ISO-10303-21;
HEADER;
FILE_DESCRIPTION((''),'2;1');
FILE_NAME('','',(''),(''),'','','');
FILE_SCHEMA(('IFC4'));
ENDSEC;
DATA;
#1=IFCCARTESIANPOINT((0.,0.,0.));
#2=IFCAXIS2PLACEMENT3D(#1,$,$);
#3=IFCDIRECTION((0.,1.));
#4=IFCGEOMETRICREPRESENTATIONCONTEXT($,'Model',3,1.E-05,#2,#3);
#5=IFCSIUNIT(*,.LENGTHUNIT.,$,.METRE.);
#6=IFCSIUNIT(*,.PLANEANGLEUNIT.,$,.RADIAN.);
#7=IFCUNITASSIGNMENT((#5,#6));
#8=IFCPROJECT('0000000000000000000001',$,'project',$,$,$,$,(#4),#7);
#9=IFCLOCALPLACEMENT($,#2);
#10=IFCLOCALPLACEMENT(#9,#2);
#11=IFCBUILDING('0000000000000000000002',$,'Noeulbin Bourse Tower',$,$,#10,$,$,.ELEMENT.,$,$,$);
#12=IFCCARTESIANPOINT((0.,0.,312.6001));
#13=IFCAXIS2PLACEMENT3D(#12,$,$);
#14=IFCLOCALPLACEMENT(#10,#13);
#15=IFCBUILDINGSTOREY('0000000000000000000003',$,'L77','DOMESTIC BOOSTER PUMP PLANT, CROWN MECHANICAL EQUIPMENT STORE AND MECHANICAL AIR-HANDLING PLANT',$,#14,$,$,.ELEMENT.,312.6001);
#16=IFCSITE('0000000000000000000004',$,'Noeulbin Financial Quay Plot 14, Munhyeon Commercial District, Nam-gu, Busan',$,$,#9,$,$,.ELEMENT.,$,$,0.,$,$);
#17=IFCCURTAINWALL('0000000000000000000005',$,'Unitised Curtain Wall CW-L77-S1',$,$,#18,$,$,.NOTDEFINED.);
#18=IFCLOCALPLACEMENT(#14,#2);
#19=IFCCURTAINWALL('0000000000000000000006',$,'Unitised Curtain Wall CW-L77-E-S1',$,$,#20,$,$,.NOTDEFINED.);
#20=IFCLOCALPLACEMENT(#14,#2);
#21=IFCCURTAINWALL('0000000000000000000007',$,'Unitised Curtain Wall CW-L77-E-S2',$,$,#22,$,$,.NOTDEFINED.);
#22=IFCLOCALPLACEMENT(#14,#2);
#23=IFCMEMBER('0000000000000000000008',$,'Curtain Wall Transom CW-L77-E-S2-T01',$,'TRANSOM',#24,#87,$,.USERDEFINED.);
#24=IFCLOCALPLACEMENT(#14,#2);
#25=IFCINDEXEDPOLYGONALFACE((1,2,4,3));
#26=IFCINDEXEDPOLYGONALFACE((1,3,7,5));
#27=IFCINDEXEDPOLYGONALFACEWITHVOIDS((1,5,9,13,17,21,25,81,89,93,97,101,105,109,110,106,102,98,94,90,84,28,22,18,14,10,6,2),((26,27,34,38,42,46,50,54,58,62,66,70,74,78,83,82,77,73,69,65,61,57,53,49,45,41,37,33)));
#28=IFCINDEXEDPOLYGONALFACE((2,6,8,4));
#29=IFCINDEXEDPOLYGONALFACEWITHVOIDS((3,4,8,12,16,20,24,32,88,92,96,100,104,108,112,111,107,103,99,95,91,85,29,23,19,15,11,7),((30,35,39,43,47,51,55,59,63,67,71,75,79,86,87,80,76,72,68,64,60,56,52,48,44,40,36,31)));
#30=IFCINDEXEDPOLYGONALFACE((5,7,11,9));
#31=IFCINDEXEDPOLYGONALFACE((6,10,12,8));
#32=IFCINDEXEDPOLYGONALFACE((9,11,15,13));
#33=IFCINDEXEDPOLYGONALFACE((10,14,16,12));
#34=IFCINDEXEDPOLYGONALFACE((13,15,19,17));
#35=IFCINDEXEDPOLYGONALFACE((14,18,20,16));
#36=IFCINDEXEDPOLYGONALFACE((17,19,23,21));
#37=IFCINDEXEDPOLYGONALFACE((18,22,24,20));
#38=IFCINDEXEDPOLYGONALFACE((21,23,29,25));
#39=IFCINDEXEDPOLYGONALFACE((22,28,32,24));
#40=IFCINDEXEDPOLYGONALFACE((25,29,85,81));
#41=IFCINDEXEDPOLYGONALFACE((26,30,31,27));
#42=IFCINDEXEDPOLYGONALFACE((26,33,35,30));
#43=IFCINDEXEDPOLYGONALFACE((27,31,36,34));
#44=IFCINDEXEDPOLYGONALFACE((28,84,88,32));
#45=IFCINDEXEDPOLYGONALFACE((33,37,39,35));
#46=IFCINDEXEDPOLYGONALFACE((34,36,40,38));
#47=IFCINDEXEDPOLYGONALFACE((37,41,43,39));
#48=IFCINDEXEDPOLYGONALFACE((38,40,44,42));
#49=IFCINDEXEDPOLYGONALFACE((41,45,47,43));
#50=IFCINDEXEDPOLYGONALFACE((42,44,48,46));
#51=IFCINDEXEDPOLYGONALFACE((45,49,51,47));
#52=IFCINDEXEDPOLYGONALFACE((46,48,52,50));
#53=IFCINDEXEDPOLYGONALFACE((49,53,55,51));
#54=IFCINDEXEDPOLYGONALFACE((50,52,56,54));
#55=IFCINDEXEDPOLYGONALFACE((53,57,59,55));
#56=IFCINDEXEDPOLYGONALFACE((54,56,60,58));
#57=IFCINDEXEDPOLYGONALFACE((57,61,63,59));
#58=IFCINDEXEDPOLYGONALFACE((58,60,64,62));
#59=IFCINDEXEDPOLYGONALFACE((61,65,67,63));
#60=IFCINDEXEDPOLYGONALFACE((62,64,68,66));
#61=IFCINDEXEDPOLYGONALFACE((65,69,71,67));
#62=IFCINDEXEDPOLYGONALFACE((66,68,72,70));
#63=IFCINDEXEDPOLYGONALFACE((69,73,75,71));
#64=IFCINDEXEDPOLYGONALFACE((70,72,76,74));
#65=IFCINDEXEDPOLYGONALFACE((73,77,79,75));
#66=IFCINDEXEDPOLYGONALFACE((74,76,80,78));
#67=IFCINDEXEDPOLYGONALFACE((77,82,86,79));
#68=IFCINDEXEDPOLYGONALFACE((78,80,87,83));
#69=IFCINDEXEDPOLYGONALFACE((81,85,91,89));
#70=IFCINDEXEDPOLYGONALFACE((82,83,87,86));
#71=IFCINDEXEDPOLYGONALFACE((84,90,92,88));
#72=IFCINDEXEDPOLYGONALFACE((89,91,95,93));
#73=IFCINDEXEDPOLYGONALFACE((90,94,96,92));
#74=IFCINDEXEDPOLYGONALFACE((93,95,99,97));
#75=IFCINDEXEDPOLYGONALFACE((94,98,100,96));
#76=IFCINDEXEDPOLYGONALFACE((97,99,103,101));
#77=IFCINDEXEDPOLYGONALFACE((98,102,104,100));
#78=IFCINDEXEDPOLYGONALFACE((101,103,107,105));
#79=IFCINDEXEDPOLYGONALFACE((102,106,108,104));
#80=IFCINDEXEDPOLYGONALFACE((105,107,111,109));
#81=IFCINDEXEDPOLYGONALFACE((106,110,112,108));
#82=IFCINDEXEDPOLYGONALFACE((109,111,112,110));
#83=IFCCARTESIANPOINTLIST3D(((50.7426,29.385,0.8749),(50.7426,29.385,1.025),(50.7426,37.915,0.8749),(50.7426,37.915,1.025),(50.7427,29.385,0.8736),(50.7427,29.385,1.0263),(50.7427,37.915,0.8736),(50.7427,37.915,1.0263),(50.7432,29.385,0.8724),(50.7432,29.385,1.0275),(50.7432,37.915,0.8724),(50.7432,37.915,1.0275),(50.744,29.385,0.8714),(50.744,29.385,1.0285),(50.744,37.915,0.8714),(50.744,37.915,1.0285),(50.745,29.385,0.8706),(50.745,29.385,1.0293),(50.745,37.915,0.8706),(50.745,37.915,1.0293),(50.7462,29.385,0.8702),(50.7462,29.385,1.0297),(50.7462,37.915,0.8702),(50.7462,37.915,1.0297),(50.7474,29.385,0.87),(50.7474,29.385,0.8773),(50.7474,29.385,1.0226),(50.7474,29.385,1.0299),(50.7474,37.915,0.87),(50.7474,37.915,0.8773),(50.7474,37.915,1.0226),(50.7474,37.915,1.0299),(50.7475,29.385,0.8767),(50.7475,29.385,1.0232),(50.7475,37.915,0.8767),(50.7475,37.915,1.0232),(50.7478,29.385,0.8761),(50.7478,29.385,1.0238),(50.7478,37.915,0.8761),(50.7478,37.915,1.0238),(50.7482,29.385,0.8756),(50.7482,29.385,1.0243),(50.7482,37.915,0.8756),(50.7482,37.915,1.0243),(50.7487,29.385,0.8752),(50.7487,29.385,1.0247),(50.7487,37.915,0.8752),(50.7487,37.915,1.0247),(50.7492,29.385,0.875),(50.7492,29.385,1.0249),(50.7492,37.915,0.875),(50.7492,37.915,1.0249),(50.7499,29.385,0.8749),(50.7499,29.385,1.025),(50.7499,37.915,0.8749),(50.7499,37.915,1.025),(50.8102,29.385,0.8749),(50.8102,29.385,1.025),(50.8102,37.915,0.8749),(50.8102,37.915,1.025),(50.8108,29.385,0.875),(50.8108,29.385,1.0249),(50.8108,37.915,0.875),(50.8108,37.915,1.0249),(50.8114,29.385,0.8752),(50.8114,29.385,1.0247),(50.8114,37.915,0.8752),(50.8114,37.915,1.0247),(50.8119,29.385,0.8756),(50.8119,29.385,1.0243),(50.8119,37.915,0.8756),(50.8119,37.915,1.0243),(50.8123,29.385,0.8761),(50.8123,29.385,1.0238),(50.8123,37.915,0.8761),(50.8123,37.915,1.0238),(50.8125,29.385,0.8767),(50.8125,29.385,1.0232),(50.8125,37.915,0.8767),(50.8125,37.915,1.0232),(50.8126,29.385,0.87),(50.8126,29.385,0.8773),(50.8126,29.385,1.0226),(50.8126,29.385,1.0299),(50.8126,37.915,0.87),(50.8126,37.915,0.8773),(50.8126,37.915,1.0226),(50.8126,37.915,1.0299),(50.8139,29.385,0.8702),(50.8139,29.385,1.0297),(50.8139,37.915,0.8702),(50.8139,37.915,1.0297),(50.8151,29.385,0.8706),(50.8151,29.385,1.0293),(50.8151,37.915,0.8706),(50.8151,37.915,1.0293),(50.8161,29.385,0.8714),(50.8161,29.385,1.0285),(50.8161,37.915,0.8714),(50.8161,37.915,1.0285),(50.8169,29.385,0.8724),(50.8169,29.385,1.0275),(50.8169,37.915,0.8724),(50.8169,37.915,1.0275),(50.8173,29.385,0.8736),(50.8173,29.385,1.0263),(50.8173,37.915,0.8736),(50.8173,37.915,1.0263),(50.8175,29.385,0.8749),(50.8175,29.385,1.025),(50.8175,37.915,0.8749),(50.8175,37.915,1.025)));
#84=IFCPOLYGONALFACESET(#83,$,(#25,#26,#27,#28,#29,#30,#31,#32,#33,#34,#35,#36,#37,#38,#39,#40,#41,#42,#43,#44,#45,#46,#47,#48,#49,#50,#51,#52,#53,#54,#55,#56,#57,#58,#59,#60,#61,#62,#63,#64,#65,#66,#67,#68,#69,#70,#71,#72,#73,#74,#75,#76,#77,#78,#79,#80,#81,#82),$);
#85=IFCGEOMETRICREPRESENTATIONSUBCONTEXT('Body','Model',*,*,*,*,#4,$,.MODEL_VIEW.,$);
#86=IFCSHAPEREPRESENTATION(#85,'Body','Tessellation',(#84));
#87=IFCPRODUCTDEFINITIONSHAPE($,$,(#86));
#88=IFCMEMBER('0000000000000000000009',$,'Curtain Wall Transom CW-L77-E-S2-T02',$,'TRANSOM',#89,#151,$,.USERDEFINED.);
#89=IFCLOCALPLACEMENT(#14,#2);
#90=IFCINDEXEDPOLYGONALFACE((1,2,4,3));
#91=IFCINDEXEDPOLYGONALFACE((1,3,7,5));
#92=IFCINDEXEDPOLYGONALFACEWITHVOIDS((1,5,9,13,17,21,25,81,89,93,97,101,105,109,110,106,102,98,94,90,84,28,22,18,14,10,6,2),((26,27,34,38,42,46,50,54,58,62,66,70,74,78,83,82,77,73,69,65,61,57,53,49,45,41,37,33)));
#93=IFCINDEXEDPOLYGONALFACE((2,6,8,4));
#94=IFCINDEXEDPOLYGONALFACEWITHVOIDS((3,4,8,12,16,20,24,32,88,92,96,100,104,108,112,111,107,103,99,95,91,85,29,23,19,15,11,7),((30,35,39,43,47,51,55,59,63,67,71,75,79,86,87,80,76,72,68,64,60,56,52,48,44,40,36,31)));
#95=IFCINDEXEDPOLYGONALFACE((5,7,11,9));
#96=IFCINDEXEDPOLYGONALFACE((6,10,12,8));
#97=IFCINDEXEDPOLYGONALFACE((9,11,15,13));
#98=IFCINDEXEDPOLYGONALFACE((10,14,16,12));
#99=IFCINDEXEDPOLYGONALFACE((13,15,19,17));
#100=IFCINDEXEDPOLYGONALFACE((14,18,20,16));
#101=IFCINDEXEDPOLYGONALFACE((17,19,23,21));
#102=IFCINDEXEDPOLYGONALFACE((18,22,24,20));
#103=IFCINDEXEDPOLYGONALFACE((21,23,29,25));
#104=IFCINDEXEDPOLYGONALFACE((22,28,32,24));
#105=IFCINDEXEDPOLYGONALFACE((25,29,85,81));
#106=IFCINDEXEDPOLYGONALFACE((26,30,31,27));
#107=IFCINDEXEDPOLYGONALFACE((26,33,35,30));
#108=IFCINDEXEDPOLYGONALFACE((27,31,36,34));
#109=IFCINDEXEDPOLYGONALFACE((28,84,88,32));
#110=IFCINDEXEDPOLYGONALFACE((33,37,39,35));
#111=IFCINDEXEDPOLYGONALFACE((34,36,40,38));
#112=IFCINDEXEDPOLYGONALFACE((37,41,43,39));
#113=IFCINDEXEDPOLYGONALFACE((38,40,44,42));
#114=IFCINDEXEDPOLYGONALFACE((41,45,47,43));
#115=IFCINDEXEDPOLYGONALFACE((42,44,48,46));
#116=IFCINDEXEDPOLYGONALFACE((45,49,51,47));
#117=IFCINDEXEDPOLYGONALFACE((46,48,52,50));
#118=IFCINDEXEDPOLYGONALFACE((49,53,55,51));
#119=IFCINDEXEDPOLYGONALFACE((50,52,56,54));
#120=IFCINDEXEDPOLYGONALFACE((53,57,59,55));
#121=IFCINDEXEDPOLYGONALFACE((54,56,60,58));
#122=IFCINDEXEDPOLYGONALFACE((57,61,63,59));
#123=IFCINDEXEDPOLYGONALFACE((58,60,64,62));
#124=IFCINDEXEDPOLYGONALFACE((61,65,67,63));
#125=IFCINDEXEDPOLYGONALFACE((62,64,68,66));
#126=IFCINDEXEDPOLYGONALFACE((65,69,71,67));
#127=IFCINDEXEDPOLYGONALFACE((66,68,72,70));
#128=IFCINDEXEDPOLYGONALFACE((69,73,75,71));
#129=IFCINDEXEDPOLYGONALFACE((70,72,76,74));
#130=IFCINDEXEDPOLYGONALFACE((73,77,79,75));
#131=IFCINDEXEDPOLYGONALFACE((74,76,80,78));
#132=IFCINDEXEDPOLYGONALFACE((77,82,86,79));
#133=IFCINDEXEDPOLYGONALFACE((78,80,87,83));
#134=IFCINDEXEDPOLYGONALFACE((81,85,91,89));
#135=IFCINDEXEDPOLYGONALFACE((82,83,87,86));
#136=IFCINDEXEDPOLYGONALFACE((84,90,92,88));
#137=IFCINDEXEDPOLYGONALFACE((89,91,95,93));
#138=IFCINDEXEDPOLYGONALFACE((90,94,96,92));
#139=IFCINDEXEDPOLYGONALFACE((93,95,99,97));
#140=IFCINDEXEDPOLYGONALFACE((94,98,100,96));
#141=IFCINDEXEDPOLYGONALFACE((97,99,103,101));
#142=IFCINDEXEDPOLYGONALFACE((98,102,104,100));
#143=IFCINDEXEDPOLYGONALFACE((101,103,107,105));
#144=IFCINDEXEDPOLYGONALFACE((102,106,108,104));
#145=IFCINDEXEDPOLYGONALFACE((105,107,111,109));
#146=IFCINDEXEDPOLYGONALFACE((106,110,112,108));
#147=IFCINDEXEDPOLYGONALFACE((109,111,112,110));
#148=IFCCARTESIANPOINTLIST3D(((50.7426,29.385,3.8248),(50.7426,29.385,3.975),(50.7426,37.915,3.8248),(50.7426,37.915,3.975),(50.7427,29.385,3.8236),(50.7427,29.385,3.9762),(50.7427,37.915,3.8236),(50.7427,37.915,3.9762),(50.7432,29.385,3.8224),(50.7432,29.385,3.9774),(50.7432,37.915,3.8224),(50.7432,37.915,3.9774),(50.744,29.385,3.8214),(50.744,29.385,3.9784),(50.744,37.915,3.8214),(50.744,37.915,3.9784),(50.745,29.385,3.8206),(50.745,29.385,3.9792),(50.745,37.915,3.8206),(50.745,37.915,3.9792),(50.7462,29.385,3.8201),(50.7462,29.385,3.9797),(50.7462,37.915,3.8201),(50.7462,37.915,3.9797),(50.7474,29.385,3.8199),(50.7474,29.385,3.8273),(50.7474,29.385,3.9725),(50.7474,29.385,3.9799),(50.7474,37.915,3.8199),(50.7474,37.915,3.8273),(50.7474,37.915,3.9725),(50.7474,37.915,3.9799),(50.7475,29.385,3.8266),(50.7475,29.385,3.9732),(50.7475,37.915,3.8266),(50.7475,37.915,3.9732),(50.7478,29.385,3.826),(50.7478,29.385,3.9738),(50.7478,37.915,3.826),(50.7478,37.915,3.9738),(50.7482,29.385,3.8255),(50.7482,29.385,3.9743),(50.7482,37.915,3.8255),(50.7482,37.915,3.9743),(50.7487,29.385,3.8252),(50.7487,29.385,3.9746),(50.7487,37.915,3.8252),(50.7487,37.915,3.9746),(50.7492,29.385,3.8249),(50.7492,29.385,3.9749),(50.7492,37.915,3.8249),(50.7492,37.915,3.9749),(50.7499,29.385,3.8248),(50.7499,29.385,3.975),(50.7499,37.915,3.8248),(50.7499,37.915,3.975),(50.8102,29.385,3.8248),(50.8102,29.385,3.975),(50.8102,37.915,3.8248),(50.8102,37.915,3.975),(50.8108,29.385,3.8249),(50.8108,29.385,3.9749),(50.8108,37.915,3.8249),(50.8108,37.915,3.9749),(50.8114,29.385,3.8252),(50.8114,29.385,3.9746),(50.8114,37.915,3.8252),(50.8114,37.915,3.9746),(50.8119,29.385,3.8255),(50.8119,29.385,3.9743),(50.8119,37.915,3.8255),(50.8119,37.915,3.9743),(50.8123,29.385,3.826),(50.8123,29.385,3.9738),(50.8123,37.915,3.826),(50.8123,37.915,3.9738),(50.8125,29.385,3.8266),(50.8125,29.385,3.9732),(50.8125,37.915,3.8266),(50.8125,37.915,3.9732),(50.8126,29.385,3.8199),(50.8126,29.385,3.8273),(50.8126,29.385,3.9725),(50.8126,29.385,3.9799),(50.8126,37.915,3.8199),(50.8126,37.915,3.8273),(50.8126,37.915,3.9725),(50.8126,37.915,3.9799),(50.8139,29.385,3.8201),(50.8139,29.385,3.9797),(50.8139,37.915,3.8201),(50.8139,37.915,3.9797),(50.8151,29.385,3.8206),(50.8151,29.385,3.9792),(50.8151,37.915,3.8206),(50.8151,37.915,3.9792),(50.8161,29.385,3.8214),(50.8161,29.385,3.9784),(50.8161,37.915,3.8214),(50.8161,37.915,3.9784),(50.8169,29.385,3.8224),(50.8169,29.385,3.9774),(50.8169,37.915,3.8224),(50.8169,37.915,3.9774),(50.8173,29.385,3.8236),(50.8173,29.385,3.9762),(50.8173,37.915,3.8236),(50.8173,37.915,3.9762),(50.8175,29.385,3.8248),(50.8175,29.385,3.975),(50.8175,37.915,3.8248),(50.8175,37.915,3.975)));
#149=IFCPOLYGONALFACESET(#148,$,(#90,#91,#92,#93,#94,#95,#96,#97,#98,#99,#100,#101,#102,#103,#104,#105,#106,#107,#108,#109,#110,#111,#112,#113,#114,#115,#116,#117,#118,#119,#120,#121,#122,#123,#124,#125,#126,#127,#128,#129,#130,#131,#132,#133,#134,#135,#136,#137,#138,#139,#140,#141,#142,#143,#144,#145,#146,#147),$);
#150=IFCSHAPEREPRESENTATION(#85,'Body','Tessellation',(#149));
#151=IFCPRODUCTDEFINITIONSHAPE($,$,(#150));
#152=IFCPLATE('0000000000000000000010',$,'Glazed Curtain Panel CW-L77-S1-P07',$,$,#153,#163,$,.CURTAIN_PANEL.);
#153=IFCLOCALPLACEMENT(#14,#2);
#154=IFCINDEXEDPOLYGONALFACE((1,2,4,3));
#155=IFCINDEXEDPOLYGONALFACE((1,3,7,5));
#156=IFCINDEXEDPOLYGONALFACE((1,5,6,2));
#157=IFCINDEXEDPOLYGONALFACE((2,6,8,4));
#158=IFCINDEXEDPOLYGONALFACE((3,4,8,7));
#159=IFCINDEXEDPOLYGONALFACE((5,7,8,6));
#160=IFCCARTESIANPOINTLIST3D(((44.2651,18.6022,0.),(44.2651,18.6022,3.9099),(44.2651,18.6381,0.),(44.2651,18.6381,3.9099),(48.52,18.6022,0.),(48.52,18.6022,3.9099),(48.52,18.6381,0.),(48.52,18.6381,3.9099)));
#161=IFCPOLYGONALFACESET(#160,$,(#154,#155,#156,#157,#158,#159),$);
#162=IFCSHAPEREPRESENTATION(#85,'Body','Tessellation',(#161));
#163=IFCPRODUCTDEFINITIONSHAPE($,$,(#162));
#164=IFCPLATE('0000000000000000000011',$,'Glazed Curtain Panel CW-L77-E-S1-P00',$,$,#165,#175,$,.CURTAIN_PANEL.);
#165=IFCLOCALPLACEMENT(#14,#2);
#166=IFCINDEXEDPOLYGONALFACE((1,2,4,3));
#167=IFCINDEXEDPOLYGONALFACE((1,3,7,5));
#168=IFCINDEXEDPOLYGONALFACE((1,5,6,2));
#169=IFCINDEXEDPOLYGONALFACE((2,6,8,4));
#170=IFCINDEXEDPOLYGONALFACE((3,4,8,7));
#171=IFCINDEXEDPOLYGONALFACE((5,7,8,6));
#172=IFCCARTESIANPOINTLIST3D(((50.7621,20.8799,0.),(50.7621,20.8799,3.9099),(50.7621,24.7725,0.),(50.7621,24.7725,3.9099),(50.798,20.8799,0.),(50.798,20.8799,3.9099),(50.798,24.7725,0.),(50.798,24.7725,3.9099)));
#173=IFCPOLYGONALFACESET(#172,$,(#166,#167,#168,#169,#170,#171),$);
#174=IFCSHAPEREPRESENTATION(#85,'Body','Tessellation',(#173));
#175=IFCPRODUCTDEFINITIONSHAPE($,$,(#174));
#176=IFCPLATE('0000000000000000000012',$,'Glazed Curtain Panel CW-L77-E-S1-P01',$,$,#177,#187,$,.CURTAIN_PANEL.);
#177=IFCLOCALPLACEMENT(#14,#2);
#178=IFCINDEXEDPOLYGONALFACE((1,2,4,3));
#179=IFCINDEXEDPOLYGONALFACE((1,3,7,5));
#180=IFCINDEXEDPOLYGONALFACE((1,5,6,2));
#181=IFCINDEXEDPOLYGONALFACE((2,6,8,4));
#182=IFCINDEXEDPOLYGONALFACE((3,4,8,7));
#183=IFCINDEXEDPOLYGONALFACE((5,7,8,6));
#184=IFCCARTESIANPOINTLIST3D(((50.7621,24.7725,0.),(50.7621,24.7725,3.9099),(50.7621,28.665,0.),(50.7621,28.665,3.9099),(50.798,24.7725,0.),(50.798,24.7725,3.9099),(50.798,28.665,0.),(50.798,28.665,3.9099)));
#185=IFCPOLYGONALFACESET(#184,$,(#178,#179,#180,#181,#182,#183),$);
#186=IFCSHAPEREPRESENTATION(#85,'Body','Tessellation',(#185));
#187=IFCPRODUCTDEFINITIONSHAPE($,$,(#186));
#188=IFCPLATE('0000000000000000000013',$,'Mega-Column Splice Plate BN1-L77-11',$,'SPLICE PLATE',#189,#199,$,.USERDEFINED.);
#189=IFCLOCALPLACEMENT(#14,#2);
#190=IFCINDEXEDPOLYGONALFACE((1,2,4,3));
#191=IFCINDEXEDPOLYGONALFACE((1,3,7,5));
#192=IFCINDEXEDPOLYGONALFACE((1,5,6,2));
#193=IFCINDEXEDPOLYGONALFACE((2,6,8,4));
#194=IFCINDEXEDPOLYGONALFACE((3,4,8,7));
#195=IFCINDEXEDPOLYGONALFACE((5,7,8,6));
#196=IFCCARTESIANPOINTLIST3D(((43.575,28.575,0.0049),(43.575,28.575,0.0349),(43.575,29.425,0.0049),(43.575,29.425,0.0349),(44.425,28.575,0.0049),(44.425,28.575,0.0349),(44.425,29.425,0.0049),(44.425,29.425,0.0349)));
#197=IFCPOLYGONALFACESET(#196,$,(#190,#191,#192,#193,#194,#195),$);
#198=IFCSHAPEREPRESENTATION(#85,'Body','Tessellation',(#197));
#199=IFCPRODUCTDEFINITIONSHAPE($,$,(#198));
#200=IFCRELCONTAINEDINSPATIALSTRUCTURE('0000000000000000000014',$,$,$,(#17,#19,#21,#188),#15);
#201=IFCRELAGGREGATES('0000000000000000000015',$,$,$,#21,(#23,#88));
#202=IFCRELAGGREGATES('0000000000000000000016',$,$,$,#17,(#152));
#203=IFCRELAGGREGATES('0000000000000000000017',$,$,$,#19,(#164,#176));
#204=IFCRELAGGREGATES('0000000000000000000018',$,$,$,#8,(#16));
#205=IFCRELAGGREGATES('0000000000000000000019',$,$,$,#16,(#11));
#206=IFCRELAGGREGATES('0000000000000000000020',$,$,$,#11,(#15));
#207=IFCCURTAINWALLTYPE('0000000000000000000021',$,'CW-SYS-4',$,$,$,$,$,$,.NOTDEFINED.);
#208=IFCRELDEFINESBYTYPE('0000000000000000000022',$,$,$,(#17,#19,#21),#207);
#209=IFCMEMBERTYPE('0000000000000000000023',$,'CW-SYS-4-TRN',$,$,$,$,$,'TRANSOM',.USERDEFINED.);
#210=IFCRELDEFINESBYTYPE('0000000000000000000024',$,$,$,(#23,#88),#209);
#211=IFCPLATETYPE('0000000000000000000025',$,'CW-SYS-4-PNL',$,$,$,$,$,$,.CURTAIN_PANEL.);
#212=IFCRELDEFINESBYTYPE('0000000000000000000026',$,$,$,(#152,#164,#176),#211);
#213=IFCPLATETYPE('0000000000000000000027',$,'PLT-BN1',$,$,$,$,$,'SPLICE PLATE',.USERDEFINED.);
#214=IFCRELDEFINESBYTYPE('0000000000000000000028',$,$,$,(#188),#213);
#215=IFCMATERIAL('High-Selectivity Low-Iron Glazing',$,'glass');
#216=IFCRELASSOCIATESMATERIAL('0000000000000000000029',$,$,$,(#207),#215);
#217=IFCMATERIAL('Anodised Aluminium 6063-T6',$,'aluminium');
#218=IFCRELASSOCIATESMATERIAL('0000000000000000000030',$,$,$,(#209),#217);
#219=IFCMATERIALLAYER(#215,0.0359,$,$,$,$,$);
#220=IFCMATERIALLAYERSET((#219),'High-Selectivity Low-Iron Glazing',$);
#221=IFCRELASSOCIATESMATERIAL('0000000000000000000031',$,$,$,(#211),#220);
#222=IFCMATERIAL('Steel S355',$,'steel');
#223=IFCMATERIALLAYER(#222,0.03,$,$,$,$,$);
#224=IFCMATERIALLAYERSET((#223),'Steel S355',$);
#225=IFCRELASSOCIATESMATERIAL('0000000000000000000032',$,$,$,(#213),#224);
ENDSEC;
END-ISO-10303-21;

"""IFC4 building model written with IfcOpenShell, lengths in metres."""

from ifc_helpers import new_model, si_unit, direction, frame, origin, origin_2d, place, context, subcontext, project, spatial, rectangle, hollow_rectangle, extrude, material, layer, layer_set, material_profile, profile_set, type_object, element, aggregate, save


model = new_model("IFC4")

# Units and contexts
model_context = context("Model", 3, precision=1e-05, world=origin(), true_north=direction((0.0, 1.0)))
body_context = subcontext(model_context, "Body", "Model", "MODEL_VIEW")
ifc_project = project(units=[si_unit("LENGTHUNIT", "METRE"), si_unit("PLANEANGLEUNIT", "RADIAN")], contexts=[model_context])

# Site, building, storey
site_placement = place(None, origin())
site = spatial("IfcSite", under=ifc_project, at=site_placement, Name="Noeulbin Financial Quay Plot 14, Munhyeon Commercial District, Nam-gu, Busan", CompositionType="ELEMENT", RefElevation=0.0)
building_placement = place(site_placement, origin())
building = spatial("IfcBuilding", under=site, at=building_placement, Name="Noeulbin Bourse Tower", CompositionType="ELEMENT")
storey_placement = place(building_placement, frame((0.0, 0.0, 312.6001)))
storey = spatial("IfcBuildingStorey", under=building, at=storey_placement, Name="L77", Description="DOMESTIC BOOSTER PUMP PLANT, CROWN MECHANICAL EQUIPMENT STORE AND MECHANICAL AIR-HANDLING PLANT", CompositionType="ELEMENT", Elevation=312.6001)

# Shared definitions
ifc_material_1 = material(Name="Steel S355", Category="steel")

# Curtain walls
ifc_material_2 = material(Name="High-Selectivity Low-Iron Glazing", Category="glass")
curtain_wall_type = type_object("IfcCurtainWallType", Name="CW-SYS-4", PredefinedType="NOTDEFINED", material=ifc_material_2)
curtain_wall_1_placement = place(storey_placement, origin())
curtain_wall_1 = element("IfcCurtainWall", 1, at=curtain_wall_1_placement, inside=storey, type_object=curtain_wall_type, Name="Unitised Curtain Wall CW-L77-S1", PredefinedType="NOTDEFINED")
ifc_material_3 = material(Name="Anodised Aluminium 6063-T6", Category="aluminium")
curtain_wall_2_placement = place(storey_placement, origin())
curtain_wall_2 = element("IfcCurtainWall", 2, at=curtain_wall_2_placement, inside=storey, type_object=curtain_wall_type, Name="Unitised Curtain Wall CW-L77-E-S1", PredefinedType="NOTDEFINED")

# Curtain wall
curtain_wall_3_placement = place(storey_placement, origin())
curtain_wall_3 = element("IfcCurtainWall", 3, at=curtain_wall_3_placement, inside=storey, type_object=curtain_wall_type, Name="Unitised Curtain Wall CW-L77-E-S2", PredefinedType="NOTDEFINED")

# Members
ifc_material_profile_1 = material_profile(ifc_material_3, hollow_rectangle(XDim=0.075, YDim=0.1599, WallThickness=0.0049, InnerFilletRadius=0.0024, OuterFilletRadius=0.0049, at=origin_2d()), Name="ALU-TRAN-75x160x5", Category="LoadBearing")
ifc_profile_set_1 = profile_set([ifc_material_profile_1], Name="Anodised Aluminium 6063-T6")
member_type_1 = type_object("IfcMemberType", Name="CW-SYS-4-TRN", ElementType="TRANSOM", PredefinedType="USERDEFINED", material=ifc_profile_set_1)
member_1_placement = place(storey_placement, frame((50.78, 29.385, 0.95), z_axis=(0.0, 1.0, 0.0), x_axis=(-1.0, 0.0, 0.0)))
member_1 = element("IfcMember", 4, at=member_1_placement, type_object=member_type_1, Name="Curtain Wall Transom CW-L77-E-S2-T01", ObjectType="TRANSOM", PredefinedType="USERDEFINED", context=body_context, shape_type="SweptSolid", body=[
    extrude(hollow_rectangle(XDim=0.075, YDim=0.1599, WallThickness=0.0049, InnerFilletRadius=0.0024, OuterFilletRadius=0.0049, at=origin_2d()), origin(), (0.0, 0.0, 1.0), 8.53),
])
member_2_placement = place(storey_placement, frame((50.78, 29.385, 3.8999), z_axis=(0.0, 1.0, 0.0), x_axis=(-1.0, 0.0, 0.0)))
member_2 = element("IfcMember", 5, at=member_2_placement, type_object=member_type_1, Name="Curtain Wall Transom CW-L77-E-S2-T02", ObjectType="TRANSOM", PredefinedType="USERDEFINED", context=body_context, shape_type="SweptSolid", body=[
    extrude(hollow_rectangle(XDim=0.075, YDim=0.1599, WallThickness=0.0049, InnerFilletRadius=0.0024, OuterFilletRadius=0.0049, at=origin_2d()), origin(), (0.0, 0.0, 1.0), 8.53),
])
aggregate(curtain_wall_3, [member_1, member_2])

# Plates
ifc_layer_1 = layer(ifc_material_2, 0.0359)
ifc_layer_set_1 = layer_set([ifc_layer_1], Name="High-Selectivity Low-Iron Glazing")
plate_type_1 = type_object("IfcPlateType", Name="CW-SYS-4-PNL", PredefinedType="CURTAIN_PANEL", material=ifc_layer_set_1)
plate_1_placement = place(storey_placement, frame((46.3926, 18.6201, 0.0), z_axis=(0.0, 0.0, 1.0), x_axis=(1.0, 0.0, 0.0)))
plate_1 = element("IfcPlate", 6, at=plate_1_placement, type_object=plate_type_1, Name="Glazed Curtain Panel CW-L77-S1-P07", PredefinedType="CURTAIN_PANEL", context=body_context, shape_type="SweptSolid", body=[
    extrude(rectangle(XDim=4.2549, YDim=0.0359, at=origin_2d()), origin(), (0.0, 0.0, 1.0), 3.9099),
])
aggregate(curtain_wall_1, [plate_1])
plate_2_placement = place(storey_placement, frame((50.78, 22.8262, 0.0), z_axis=(0.0, 0.0, 1.0), x_axis=(0.0, 1.0, 0.0)))
plate_2 = element("IfcPlate", 7, at=plate_2_placement, type_object=plate_type_1, Name="Glazed Curtain Panel CW-L77-E-S1-P00", PredefinedType="CURTAIN_PANEL", context=body_context, shape_type="SweptSolid", body=[
    extrude(rectangle(XDim=3.8926, YDim=0.0359, at=origin_2d()), origin(), (0.0, 0.0, 1.0), 3.9099),
])
plate_3_placement = place(storey_placement, frame((50.78, 26.7188, 0.0), z_axis=(0.0, 0.0, 1.0), x_axis=(0.0, 1.0, 0.0)))
plate_3 = element("IfcPlate", 8, at=plate_3_placement, type_object=plate_type_1, Name="Glazed Curtain Panel CW-L77-E-S1-P01", PredefinedType="CURTAIN_PANEL", context=body_context, shape_type="SweptSolid", body=[
    extrude(rectangle(XDim=3.8926, YDim=0.0359, at=origin_2d()), origin(), (0.0, 0.0, 1.0), 3.9099),
])
aggregate(curtain_wall_2, [plate_2, plate_3])

# Plate
ifc_layer_2 = layer(ifc_material_1, 0.03)
ifc_layer_set_2 = layer_set([ifc_layer_2], Name="Steel S355")
plate_type_2 = type_object("IfcPlateType", Name="PLT-BN1", ElementType="SPLICE PLATE", PredefinedType="USERDEFINED", material=ifc_layer_set_2)
for number, where, z_axis, x_axis, name in (
    (9, (44.0, 29.0, 0.0049), (0.0, 0.0, 1.0), (1.0, 0.0, 0.0), "Mega-Column Splice Plate BN1-L77-11"),
):
    element("IfcPlate", number, at=place(storey_placement, frame(where, z_axis=z_axis, x_axis=x_axis)), inside=storey, type_object=plate_type_2, Name=name, ObjectType="SPLICE PLATE", PredefinedType="USERDEFINED", context=body_context, shape_type="SweptSolid", body=[
        extrude(rectangle(XDim=0.8501, YDim=0.8501, at=origin_2d()), origin(), (0.0, 0.0, 1.0), 0.03),
    ])

save(model, "model.ifc")
